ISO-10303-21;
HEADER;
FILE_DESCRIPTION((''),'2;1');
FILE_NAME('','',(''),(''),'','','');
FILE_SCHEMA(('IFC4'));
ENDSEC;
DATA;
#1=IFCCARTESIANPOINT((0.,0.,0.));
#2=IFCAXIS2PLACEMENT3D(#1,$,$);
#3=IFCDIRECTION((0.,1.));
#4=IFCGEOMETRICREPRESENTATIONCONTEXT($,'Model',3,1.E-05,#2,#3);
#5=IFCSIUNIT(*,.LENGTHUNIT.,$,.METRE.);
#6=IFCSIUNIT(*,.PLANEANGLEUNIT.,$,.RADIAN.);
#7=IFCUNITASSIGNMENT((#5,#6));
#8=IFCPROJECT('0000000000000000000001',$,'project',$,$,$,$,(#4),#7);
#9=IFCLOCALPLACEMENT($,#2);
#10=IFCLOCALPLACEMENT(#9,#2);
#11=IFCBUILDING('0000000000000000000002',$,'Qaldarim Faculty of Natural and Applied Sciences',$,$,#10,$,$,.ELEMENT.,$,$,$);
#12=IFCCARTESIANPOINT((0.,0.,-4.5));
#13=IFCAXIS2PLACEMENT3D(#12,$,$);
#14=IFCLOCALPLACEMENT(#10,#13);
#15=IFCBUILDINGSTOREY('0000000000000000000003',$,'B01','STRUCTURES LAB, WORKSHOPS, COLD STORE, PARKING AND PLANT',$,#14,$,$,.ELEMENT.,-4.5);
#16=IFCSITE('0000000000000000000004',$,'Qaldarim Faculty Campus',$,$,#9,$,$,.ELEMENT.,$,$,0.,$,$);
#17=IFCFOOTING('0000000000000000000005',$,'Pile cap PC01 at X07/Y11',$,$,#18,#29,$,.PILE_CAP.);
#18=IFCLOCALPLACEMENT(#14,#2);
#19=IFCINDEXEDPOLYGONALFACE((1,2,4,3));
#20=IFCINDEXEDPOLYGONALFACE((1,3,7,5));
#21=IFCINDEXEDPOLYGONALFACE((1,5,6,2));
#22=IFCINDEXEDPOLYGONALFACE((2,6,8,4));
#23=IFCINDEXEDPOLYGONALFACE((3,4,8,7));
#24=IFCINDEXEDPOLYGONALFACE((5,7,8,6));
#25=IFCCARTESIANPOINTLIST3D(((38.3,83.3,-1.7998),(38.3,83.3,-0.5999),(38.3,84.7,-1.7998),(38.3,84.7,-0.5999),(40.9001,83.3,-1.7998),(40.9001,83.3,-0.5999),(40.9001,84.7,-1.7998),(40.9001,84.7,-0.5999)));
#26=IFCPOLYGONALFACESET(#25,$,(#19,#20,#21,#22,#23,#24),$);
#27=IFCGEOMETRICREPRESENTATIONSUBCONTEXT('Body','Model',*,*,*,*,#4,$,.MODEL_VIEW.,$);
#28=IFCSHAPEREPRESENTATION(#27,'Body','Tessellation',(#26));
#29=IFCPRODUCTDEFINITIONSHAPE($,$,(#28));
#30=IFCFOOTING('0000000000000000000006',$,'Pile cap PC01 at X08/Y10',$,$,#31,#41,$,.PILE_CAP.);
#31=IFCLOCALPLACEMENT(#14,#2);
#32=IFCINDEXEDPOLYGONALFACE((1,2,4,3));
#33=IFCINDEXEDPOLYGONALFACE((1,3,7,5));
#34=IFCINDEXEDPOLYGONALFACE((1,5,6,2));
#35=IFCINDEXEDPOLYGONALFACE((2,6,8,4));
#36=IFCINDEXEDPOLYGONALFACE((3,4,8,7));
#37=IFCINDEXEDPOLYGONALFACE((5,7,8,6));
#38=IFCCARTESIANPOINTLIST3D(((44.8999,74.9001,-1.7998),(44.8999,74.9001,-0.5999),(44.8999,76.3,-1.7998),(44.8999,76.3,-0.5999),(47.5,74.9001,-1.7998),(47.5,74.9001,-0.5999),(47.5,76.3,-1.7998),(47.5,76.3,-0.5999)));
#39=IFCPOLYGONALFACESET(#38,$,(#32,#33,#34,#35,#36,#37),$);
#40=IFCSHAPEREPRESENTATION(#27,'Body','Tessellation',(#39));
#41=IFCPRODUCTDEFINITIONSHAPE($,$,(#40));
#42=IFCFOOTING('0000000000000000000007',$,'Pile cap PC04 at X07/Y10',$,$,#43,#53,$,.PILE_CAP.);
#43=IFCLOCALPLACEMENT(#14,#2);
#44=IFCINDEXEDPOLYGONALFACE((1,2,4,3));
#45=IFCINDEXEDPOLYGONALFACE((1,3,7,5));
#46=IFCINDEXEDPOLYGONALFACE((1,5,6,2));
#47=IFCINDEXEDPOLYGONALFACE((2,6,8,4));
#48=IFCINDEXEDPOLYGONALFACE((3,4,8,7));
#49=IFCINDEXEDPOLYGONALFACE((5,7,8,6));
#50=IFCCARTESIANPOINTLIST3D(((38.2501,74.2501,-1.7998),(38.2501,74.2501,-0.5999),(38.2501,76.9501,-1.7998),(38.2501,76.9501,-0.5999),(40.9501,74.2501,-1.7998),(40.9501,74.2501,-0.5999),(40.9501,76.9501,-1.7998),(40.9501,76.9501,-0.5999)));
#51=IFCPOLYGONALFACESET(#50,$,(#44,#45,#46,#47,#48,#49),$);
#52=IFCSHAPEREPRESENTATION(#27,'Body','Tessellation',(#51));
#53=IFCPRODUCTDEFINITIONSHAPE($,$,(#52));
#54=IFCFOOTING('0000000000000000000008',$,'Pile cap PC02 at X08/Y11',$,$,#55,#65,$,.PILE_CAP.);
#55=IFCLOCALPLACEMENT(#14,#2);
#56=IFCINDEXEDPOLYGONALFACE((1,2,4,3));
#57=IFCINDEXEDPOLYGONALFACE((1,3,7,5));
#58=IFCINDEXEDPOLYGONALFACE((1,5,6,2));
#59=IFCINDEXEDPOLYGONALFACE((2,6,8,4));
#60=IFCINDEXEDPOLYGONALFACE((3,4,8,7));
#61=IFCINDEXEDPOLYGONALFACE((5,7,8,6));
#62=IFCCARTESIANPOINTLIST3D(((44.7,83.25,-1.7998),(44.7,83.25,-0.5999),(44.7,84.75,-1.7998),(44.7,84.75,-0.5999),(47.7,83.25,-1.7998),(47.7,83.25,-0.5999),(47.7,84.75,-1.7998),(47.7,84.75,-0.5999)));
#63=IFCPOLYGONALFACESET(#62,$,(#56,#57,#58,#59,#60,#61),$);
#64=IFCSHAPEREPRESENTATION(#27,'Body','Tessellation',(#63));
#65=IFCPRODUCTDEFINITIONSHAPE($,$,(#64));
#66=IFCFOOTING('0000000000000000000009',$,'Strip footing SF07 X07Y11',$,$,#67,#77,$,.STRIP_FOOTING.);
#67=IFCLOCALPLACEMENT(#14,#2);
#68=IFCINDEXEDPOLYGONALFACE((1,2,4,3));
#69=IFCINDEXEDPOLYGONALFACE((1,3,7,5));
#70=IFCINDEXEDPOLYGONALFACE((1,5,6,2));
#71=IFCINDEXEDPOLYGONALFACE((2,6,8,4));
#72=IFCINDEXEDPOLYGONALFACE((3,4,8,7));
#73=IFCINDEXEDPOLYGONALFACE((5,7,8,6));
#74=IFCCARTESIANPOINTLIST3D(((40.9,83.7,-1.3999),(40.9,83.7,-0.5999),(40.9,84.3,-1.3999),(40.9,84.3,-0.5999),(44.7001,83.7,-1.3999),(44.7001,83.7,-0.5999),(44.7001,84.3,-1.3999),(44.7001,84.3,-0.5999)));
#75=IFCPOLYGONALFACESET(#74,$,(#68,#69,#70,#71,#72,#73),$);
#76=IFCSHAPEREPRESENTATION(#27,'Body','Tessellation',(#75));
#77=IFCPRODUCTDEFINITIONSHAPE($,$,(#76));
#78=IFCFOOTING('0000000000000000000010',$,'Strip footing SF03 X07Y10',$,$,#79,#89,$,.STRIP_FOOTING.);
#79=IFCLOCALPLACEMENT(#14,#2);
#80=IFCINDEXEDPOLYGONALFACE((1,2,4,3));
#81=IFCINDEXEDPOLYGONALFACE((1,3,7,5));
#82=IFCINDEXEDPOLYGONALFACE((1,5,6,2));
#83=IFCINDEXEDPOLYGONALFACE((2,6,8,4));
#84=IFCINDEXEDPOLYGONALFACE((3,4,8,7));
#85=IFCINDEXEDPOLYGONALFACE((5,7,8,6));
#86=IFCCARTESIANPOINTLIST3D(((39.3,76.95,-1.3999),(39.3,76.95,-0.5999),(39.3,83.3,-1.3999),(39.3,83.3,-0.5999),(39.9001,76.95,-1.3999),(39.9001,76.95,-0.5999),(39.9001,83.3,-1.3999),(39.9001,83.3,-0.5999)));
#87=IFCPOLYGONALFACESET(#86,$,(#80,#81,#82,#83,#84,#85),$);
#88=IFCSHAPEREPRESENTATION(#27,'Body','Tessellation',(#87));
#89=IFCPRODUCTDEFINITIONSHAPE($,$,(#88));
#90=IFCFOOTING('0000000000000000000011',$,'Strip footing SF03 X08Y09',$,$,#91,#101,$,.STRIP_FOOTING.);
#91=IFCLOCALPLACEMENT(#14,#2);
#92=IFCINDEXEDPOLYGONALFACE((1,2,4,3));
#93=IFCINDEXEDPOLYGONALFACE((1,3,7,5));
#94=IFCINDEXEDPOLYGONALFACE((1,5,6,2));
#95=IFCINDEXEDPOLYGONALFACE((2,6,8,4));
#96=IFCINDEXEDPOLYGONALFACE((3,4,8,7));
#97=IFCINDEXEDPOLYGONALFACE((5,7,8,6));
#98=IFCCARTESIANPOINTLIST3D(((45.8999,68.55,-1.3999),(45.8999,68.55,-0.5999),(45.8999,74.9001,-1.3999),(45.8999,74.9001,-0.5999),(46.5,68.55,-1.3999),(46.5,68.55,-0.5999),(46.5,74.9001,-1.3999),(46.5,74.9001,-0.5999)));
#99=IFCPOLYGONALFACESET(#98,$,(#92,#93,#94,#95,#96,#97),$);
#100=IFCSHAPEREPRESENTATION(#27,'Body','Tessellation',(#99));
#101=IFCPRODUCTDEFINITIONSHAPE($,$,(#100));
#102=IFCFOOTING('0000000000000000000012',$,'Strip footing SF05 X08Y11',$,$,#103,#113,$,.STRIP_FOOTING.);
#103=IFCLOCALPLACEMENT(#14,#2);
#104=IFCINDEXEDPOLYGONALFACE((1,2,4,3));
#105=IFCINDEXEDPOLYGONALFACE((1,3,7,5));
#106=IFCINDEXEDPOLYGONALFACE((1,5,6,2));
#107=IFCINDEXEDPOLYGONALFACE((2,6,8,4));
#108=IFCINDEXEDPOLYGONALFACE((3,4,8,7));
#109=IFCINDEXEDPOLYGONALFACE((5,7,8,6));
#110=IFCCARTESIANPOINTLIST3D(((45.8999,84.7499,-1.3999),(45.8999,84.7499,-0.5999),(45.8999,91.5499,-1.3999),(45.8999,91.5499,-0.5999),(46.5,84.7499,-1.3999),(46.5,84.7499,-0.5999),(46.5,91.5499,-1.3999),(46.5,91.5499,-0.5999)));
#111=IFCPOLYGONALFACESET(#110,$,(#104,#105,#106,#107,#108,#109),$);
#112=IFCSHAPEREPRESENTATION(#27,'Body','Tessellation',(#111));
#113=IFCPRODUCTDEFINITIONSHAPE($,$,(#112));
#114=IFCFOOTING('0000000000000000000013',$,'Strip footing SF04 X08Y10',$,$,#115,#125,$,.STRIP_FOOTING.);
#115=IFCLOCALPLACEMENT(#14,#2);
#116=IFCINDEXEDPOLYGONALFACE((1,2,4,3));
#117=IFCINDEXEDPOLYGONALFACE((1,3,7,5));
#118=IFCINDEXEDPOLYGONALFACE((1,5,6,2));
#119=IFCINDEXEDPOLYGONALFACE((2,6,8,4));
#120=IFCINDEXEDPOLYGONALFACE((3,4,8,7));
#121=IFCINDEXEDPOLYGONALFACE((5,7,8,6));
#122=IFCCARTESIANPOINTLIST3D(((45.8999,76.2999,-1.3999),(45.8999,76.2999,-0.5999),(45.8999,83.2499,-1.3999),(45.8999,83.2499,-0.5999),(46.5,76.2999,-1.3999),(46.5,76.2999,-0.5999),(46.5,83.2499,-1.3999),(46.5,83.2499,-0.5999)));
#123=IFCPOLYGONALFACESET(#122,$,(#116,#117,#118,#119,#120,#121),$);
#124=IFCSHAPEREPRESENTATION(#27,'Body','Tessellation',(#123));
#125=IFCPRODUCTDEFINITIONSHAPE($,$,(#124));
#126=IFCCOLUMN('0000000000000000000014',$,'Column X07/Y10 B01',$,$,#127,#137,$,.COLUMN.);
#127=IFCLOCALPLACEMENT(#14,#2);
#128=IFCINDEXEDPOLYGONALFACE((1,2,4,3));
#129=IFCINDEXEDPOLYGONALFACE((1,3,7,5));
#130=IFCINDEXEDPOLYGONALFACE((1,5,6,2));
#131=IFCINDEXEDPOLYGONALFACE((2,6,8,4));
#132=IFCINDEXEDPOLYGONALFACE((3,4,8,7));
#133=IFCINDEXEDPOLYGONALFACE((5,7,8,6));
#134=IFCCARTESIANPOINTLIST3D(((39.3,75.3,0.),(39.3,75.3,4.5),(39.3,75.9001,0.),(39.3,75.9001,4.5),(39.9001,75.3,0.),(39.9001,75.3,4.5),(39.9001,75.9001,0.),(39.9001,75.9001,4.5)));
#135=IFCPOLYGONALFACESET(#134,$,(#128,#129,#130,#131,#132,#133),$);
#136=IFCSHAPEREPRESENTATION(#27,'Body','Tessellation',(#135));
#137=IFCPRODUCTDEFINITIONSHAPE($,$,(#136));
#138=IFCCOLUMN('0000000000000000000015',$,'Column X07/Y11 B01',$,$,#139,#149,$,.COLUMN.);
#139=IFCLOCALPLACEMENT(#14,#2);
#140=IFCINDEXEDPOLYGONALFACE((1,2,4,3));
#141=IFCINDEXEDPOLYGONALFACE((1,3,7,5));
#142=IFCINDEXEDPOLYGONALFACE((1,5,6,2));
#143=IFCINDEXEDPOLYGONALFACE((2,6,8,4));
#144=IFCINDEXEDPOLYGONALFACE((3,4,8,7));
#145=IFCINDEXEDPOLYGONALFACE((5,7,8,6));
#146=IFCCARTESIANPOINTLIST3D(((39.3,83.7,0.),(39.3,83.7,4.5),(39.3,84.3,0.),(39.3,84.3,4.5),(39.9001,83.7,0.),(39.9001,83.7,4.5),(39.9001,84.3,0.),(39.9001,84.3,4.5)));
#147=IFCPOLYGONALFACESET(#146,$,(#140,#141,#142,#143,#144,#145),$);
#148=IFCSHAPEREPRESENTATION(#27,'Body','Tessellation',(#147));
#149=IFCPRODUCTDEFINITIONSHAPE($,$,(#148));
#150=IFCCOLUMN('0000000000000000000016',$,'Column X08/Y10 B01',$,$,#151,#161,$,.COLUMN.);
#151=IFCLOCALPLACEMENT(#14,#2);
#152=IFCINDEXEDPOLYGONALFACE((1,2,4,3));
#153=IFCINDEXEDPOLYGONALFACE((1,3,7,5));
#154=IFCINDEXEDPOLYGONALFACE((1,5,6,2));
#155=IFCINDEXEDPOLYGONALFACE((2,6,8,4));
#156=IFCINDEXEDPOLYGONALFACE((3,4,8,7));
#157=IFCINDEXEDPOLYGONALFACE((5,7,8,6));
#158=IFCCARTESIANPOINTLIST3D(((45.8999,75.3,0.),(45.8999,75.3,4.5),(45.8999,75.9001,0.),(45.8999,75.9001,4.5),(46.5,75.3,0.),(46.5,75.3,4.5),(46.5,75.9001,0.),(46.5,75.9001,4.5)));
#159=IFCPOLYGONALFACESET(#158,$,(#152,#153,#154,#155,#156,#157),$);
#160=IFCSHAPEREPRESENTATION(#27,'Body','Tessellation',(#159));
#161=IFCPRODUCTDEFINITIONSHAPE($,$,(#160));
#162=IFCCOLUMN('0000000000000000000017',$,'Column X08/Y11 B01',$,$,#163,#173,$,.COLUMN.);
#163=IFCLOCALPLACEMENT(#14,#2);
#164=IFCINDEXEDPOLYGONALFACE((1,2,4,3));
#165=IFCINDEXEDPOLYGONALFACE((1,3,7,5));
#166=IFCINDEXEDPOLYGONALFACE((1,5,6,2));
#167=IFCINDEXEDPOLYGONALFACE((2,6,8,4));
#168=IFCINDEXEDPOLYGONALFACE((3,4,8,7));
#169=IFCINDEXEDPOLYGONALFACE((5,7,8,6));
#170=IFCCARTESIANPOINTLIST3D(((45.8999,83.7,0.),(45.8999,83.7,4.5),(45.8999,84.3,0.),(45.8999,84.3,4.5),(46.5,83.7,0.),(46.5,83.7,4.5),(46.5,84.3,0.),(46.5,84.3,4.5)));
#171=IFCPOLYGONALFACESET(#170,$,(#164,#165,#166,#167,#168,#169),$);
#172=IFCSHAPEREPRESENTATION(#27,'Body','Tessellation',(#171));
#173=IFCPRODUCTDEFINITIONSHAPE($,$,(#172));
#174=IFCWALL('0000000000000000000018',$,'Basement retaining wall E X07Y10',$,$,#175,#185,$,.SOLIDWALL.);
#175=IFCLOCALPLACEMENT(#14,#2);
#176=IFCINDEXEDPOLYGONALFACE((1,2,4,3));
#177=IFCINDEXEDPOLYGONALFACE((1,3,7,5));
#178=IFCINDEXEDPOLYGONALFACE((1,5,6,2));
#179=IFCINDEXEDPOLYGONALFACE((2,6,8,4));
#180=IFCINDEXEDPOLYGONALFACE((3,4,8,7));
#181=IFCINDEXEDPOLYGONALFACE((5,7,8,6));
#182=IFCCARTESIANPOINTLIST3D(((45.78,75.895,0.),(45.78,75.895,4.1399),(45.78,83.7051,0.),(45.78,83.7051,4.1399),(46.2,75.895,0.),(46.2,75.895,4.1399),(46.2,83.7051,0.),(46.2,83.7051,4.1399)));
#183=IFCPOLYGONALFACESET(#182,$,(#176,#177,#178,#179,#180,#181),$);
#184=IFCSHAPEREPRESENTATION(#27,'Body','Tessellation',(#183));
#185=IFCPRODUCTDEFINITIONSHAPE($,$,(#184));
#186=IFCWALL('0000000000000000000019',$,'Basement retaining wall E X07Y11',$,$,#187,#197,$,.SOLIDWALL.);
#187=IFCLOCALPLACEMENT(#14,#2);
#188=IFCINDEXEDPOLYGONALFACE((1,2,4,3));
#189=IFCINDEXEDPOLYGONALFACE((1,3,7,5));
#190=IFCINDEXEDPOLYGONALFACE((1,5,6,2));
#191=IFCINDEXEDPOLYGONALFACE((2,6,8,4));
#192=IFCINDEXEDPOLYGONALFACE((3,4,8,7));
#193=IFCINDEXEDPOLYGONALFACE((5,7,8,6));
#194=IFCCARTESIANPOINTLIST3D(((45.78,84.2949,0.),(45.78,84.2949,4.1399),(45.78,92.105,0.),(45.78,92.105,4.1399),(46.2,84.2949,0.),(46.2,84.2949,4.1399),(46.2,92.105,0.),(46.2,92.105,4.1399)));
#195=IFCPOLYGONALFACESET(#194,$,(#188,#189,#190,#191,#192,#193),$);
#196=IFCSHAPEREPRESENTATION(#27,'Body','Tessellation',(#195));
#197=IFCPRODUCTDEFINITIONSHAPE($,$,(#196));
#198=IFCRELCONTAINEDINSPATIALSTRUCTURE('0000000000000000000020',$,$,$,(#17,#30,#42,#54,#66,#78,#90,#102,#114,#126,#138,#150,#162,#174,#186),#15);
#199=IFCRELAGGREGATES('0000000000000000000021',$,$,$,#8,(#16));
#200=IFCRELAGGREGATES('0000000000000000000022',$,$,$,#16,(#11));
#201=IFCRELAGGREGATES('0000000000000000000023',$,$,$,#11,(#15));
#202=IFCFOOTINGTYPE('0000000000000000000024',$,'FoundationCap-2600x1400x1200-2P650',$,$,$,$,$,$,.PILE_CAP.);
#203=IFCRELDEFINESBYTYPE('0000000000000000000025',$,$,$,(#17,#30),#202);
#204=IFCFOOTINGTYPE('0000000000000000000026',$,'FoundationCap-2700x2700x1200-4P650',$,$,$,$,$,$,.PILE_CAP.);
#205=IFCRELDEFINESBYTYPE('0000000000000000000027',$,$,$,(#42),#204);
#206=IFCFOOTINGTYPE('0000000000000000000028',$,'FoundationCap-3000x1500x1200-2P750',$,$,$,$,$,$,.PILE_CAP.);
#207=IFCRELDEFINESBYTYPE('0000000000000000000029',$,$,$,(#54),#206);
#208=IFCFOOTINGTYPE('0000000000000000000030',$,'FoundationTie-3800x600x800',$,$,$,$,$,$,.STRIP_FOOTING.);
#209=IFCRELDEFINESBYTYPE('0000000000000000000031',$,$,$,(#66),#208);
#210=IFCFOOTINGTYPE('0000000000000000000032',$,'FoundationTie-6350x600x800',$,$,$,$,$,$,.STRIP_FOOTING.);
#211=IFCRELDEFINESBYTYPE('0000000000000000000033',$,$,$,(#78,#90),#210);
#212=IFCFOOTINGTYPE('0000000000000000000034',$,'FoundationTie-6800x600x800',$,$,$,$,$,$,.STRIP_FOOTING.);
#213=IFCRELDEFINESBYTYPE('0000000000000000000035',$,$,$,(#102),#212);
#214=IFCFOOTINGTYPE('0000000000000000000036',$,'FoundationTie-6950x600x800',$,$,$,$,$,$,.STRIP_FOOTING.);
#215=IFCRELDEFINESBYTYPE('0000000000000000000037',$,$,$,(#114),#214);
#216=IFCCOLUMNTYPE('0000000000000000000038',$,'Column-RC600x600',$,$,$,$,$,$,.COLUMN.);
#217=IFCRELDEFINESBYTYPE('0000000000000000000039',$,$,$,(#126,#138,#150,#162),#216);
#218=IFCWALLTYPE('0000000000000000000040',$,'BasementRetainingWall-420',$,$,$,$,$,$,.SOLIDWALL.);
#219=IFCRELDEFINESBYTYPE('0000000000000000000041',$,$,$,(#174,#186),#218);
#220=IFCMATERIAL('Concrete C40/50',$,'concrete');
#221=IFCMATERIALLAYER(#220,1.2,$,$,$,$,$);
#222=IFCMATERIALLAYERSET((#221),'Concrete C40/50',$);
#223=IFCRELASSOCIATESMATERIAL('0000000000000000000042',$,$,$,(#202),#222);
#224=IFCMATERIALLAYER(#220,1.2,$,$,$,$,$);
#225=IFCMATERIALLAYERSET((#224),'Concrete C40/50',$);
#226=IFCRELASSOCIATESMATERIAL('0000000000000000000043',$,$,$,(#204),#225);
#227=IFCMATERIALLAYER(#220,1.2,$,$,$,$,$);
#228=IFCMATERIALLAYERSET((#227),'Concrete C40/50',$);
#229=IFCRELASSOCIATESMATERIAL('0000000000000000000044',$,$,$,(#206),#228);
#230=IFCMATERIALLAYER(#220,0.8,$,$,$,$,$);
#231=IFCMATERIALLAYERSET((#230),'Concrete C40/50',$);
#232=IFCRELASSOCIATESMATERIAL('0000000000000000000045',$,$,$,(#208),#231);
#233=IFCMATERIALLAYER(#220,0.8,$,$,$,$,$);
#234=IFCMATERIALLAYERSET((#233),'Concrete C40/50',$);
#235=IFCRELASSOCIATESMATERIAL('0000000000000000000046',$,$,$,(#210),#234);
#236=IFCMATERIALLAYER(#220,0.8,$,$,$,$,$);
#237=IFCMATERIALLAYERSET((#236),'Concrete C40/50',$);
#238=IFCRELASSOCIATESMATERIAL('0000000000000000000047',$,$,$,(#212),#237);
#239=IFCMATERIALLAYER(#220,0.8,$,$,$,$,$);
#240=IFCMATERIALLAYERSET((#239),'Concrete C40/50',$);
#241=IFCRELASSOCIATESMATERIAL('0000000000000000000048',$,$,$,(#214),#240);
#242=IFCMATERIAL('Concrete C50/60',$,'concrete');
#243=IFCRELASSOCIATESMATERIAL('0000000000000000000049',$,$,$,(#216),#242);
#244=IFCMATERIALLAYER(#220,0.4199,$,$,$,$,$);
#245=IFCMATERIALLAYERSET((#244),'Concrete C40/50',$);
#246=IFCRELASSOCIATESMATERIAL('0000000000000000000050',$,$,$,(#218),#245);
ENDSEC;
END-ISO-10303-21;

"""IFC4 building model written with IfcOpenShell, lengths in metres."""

from ifc_helpers import new_model, si_unit, direction, frame, frame_2d, origin, origin_2d, place, context, subcontext, project, spatial, rectangle, extrude, material, layer, layer_set, material_profile, profile_set, type_object, element, save


model = new_model("IFC4")

# Units and contexts
model_context = context("Model", 3, precision=1e-05, world=origin(), true_north=direction((0.0, 1.0)))
body_context = subcontext(model_context, "Body", "Model", "MODEL_VIEW")
ifc_project = project(units=[si_unit("LENGTHUNIT", "METRE"), si_unit("PLANEANGLEUNIT", "RADIAN")], contexts=[model_context])

# Site, building, storey
site_placement = place(None, origin())
site = spatial("IfcSite", under=ifc_project, at=site_placement, Name="Qaldarim Faculty Campus", CompositionType="ELEMENT", RefElevation=0.0)
building_placement = place(site_placement, origin())
building = spatial("IfcBuilding", under=site, at=building_placement, Name="Qaldarim Faculty of Natural and Applied Sciences", CompositionType="ELEMENT")
storey_placement = place(building_placement, frame((0.0, 0.0, -4.5)))
storey = spatial("IfcBuildingStorey", under=building, at=storey_placement, Name="B01", Description="STRUCTURES LAB, WORKSHOPS, COLD STORE, PARKING AND PLANT", CompositionType="ELEMENT", Elevation=-4.5)

# Shared definitions
ifc_material_1 = material(Name="Concrete C40/50", Category="concrete")

# Footings
ifc_layer_1 = layer(ifc_material_1, 1.2)
ifc_layer_set_1 = layer_set([ifc_layer_1], Name="Concrete C40/50")
footing_type_1 = type_object("IfcFootingType", Name="FoundationCap-2600x1400x1200-2P650", PredefinedType="PILE_CAP", material=ifc_layer_set_1)
for number, where, z_axis, x_axis, name in (
    (1, (39.6001, 84.0, -1.7998), (0.0, 0.0, 1.0), (1.0, 0.0, 0.0), "Pile cap PC01 at X07/Y11"),
    (2, (46.2, 75.6001, -1.7998), (0.0, 0.0, 1.0), (1.0, 0.0, 0.0), "Pile cap PC01 at X08/Y10"),
):
    element("IfcFooting", number, at=place(storey_placement, frame(where, z_axis=z_axis, x_axis=x_axis)), inside=storey, type_object=footing_type_1, Name=name, PredefinedType="PILE_CAP", context=body_context, shape_type="SweptSolid", body=[
        extrude(rectangle(XDim=2.6001, YDim=1.3999, at=origin_2d()), origin(), (0.0, 0.0, 1.0), 1.2),
    ])
ifc_layer_2 = layer(ifc_material_1, 1.2)
ifc_layer_set_2 = layer_set([ifc_layer_2], Name="Concrete C40/50")
footing_type_2 = type_object("IfcFootingType", Name="FoundationCap-2700x2700x1200-4P650", PredefinedType="PILE_CAP", material=ifc_layer_set_2)
footing_1_placement = place(storey_placement, frame((39.6001, 75.6001, -1.7998), z_axis=(0.0, 0.0, 1.0), x_axis=(1.0, 0.0, 0.0)))
element("IfcFooting", 3, at=footing_1_placement, inside=storey, type_object=footing_type_2, Name="Pile cap PC04 at X07/Y10", PredefinedType="PILE_CAP", context=body_context, shape_type="SweptSolid", body=[
    extrude(rectangle(XDim=2.7, YDim=2.7, at=origin_2d()), origin(), (0.0, 0.0, 1.0), 1.2),
])
ifc_layer_3 = layer(ifc_material_1, 1.2)
ifc_layer_set_3 = layer_set([ifc_layer_3], Name="Concrete C40/50")
footing_type_3 = type_object("IfcFootingType", Name="FoundationCap-3000x1500x1200-2P750", PredefinedType="PILE_CAP", material=ifc_layer_set_3)
footing_2_placement = place(storey_placement, frame((46.2, 84.0, -1.7998), z_axis=(0.0, 0.0, 1.0), x_axis=(1.0, 0.0, 0.0)))
element("IfcFooting", 4, at=footing_2_placement, inside=storey, type_object=footing_type_3, Name="Pile cap PC02 at X08/Y11", PredefinedType="PILE_CAP", context=body_context, shape_type="SweptSolid", body=[
    extrude(rectangle(XDim=3.0, YDim=1.5, at=origin_2d()), origin(), (0.0, 0.0, 1.0), 1.2),
])
ifc_layer_4 = layer(ifc_material_1, 0.8)
ifc_layer_set_4 = layer_set([ifc_layer_4], Name="Concrete C40/50")
footing_type_4 = type_object("IfcFootingType", Name="FoundationTie-3800x600x800", PredefinedType="STRIP_FOOTING", material=ifc_layer_set_4)
footing_3_placement = place(storey_placement, frame((42.8, 84.0, -1.3999), z_axis=(0.0, 0.0, 1.0), x_axis=(1.0, 0.0, 0.0)))
element("IfcFooting", 5, at=footing_3_placement, inside=storey, type_object=footing_type_4, Name="Strip footing SF07 X07Y11", PredefinedType="STRIP_FOOTING", context=body_context, shape_type="SweptSolid", body=[
    extrude(rectangle(XDim=3.8, YDim=0.6001, at=origin_2d()), origin(), (0.0, 0.0, 1.0), 0.8),
])
ifc_layer_5 = layer(ifc_material_1, 0.8)
ifc_layer_set_5 = layer_set([ifc_layer_5], Name="Concrete C40/50")
footing_type_5 = type_object("IfcFootingType", Name="FoundationTie-6350x600x800", PredefinedType="STRIP_FOOTING", material=ifc_layer_set_5)
for number, where, z_axis, x_axis, name in (
    (6, (39.6001, 80.125, -1.3999), (0.0, 0.0, 1.0), (0.0, 1.0, 0.0), "Strip footing SF03 X07Y10"),
    (7, (46.2, 71.7251, -1.3999), (0.0, 0.0, 1.0), (0.0, 1.0, 0.0), "Strip footing SF03 X08Y09"),
):
    element("IfcFooting", number, at=place(storey_placement, frame(where, z_axis=z_axis, x_axis=x_axis)), inside=storey, type_object=footing_type_5, Name=name, PredefinedType="STRIP_FOOTING", context=body_context, shape_type="SweptSolid", body=[
        extrude(rectangle(XDim=6.3501, YDim=0.6001, at=origin_2d()), origin(), (0.0, 0.0, 1.0), 0.8),
    ])
ifc_layer_6 = layer(ifc_material_1, 0.8)
ifc_layer_set_6 = layer_set([ifc_layer_6], Name="Concrete C40/50")
footing_type_6 = type_object("IfcFootingType", Name="FoundationTie-6800x600x800", PredefinedType="STRIP_FOOTING", material=ifc_layer_set_6)
footing_4_placement = place(storey_placement, frame((46.2, 88.1499, -1.3999), z_axis=(0.0, 0.0, 1.0), x_axis=(0.0, 1.0, 0.0)))
element("IfcFooting", 8, at=footing_4_placement, inside=storey, type_object=footing_type_6, Name="Strip footing SF05 X08Y11", PredefinedType="STRIP_FOOTING", context=body_context, shape_type="SweptSolid", body=[
    extrude(rectangle(XDim=6.8, YDim=0.6001, at=origin_2d()), origin(), (0.0, 0.0, 1.0), 0.8),
])
ifc_layer_7 = layer(ifc_material_1, 0.8)
ifc_layer_set_7 = layer_set([ifc_layer_7], Name="Concrete C40/50")
footing_type_7 = type_object("IfcFootingType", Name="FoundationTie-6950x600x800", PredefinedType="STRIP_FOOTING", material=ifc_layer_set_7)
footing_5_placement = place(storey_placement, frame((46.2, 79.7749, -1.3999), z_axis=(0.0, 0.0, 1.0), x_axis=(0.0, 1.0, 0.0)))
element("IfcFooting", 9, at=footing_5_placement, inside=storey, type_object=footing_type_7, Name="Strip footing SF04 X08Y10", PredefinedType="STRIP_FOOTING", context=body_context, shape_type="SweptSolid", body=[
    extrude(rectangle(XDim=6.95, YDim=0.6001, at=origin_2d()), origin(), (0.0, 0.0, 1.0), 0.8),
])

# Columns
ifc_material_2 = material(Name="Concrete C50/60", Category="concrete")
ifc_material_profile_1 = material_profile(ifc_material_2, rectangle(XDim=0.6001, YDim=0.6001, at=origin_2d()), Name="RC-C600x600")
ifc_profile_set_1 = profile_set([ifc_material_profile_1], Name="Concrete C50/60")
column_type = type_object("IfcColumnType", Name="Column-RC600x600", PredefinedType="COLUMN", material=ifc_profile_set_1)
for number, where, z_axis, x_axis, name in (
    (10, (39.6001, 75.6001, 0.0), (0.0, 0.0, 1.0), (1.0, 0.0, 0.0), "Column X07/Y10 B01"),
    (11, (39.6001, 84.0, 0.0), (0.0, 0.0, 1.0), (1.0, 0.0, 0.0), "Column X07/Y11 B01"),
    (12, (46.2, 75.6001, 0.0), (0.0, 0.0, 1.0), (1.0, 0.0, 0.0), "Column X08/Y10 B01"),
    (13, (46.2, 84.0, 0.0), (0.0, 0.0, 1.0), (1.0, 0.0, 0.0), "Column X08/Y11 B01"),
):
    element("IfcColumn", number, at=place(storey_placement, frame(where, z_axis=z_axis, x_axis=x_axis)), inside=storey, type_object=column_type, Name=name, PredefinedType="COLUMN", context=body_context, shape_type="SweptSolid", body=[
        extrude(rectangle(XDim=0.6001, YDim=0.6001, at=origin_2d()), origin(), (0.0, 0.0, 1.0), 4.5),
    ])

# Walls
ifc_layer_8 = layer(ifc_material_1, 0.4199)
ifc_layer_set_8 = layer_set([ifc_layer_8], Name="Concrete C40/50")
wall_type_1 = type_object("IfcWallType", Name="BasementRetainingWall-420", PredefinedType="SOLIDWALL", material=ifc_layer_set_8)
for number, where, z_axis, x_axis, name in (
    (14, (45.99, 75.895, 0.0), (0.0, 0.0, 1.0), (0.0, 1.0, 0.0), "Basement retaining wall E X07Y10"),
    (15, (45.99, 84.2949, 0.0), (0.0, 0.0, 1.0), (0.0, 1.0, 0.0), "Basement retaining wall E X07Y11"),
):
    element("IfcWall", number, at=place(storey_placement, frame(where, z_axis=z_axis, x_axis=x_axis)), inside=storey, type_object=wall_type_1, Name=name, PredefinedType="SOLIDWALL", context=body_context, shape_type="SweptSolid", body=[
        extrude(rectangle(XDim=7.8101, YDim=0.4199, at=frame_2d((3.905, 0.0))), origin(), (0.0, 0.0, 1.0), 4.1399),
    ])

save(model, "model.ifc")
